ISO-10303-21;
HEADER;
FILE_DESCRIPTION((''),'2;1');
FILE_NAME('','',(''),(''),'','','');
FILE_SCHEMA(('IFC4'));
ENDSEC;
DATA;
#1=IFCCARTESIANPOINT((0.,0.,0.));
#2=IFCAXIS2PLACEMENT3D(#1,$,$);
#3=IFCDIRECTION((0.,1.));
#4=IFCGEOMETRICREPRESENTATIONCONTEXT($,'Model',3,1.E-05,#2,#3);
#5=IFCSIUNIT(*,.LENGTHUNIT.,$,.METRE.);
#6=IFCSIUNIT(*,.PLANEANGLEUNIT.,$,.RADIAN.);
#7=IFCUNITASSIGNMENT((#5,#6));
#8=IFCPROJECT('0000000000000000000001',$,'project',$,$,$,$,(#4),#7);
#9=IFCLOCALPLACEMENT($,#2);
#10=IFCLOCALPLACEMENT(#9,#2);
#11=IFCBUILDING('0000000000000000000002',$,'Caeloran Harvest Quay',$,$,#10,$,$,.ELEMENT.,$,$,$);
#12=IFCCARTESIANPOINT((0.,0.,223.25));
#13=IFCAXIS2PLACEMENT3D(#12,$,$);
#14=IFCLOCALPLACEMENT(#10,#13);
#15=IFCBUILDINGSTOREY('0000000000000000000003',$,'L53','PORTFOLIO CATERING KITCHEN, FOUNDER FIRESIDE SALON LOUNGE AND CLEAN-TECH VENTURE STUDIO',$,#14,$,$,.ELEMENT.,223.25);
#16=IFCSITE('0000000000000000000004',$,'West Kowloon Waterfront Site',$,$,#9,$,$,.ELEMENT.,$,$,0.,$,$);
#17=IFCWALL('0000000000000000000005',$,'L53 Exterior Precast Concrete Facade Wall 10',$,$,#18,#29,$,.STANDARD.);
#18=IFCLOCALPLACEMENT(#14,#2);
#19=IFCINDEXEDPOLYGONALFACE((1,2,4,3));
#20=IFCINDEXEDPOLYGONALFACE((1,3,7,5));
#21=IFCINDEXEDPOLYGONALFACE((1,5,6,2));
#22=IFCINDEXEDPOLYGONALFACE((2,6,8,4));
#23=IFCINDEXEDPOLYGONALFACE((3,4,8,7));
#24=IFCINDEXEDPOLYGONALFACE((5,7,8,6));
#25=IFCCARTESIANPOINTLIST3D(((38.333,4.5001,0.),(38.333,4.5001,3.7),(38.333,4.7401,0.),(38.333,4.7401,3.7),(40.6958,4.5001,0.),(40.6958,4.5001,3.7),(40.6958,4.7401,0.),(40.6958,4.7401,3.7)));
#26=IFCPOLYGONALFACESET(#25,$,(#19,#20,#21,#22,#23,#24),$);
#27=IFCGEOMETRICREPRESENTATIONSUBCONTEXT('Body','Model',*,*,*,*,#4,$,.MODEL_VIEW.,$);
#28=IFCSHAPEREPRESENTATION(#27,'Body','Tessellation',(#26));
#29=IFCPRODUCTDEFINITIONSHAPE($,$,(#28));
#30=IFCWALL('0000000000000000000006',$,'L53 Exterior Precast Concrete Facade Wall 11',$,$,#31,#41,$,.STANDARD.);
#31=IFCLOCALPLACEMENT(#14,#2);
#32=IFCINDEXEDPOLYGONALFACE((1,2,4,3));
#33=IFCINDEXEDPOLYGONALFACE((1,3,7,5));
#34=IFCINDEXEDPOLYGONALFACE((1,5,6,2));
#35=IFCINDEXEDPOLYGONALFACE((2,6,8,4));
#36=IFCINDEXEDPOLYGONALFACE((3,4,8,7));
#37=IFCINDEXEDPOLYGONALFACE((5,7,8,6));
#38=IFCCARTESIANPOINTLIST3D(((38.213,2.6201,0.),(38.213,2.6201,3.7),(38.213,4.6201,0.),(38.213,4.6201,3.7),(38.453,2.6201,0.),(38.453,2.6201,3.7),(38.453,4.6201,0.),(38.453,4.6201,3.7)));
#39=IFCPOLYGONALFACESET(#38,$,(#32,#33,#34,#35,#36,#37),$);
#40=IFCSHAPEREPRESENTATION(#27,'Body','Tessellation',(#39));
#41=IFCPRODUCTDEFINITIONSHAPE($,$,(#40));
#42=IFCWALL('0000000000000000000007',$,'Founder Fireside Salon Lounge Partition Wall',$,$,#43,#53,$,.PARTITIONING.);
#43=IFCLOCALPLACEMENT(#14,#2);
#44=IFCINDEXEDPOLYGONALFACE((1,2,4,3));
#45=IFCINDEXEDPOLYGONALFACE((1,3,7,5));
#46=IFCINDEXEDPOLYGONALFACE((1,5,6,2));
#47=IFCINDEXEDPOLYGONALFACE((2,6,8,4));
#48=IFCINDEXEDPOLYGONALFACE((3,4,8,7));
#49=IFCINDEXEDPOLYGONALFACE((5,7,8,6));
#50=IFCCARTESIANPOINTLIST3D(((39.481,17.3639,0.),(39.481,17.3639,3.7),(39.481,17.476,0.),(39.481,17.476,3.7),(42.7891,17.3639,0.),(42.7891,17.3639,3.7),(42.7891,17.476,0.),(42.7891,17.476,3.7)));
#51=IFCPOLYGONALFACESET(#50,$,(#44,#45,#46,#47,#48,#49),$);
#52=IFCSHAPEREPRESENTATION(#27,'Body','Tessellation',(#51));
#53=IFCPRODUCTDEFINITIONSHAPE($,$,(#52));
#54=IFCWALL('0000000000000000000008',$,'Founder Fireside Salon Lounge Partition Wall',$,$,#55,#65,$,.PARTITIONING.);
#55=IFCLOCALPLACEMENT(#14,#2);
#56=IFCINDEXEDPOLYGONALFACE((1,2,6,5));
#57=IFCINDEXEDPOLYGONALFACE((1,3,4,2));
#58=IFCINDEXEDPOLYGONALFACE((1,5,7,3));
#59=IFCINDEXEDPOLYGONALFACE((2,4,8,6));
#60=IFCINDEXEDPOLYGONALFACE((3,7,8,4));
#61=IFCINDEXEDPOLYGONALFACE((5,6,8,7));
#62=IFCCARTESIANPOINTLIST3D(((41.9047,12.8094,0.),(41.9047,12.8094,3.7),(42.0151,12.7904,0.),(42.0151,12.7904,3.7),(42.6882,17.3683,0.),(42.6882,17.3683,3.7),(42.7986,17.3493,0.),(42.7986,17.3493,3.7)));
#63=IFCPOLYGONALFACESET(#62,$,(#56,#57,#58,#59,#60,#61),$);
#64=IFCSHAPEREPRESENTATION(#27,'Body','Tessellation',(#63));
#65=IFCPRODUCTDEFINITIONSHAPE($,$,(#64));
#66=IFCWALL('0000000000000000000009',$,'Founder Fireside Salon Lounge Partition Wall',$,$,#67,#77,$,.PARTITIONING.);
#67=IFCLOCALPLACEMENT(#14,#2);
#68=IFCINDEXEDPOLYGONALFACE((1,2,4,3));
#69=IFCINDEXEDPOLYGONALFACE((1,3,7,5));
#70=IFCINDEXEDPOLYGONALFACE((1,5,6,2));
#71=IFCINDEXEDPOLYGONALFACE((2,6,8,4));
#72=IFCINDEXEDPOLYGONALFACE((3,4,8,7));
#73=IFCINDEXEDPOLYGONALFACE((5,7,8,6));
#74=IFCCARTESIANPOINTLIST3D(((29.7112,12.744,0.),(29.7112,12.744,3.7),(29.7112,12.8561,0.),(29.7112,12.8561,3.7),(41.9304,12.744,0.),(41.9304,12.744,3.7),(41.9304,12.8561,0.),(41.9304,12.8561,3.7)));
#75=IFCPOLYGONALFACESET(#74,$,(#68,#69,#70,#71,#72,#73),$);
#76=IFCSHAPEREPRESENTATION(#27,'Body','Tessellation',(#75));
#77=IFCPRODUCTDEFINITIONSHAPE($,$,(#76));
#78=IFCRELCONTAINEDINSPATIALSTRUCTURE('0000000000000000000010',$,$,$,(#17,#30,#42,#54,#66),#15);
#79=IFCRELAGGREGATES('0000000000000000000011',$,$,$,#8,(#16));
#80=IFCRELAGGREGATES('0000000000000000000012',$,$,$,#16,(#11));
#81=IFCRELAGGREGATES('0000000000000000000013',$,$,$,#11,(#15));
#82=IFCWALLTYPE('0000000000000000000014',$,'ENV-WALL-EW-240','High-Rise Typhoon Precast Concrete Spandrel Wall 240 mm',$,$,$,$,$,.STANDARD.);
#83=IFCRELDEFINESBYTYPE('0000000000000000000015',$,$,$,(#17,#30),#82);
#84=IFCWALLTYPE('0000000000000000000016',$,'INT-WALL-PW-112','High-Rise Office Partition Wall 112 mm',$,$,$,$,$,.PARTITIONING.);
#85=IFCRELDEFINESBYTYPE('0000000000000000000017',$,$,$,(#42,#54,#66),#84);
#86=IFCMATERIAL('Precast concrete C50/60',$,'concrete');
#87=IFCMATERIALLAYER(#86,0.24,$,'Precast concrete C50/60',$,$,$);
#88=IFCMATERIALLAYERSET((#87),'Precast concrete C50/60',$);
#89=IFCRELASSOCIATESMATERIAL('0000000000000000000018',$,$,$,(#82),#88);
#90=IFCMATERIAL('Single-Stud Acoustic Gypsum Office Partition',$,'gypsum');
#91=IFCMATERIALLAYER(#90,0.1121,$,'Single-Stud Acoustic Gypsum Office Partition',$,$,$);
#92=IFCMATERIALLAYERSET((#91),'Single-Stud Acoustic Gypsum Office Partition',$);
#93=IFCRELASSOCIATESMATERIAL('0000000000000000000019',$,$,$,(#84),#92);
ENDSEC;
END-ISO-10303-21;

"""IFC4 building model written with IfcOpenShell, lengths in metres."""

from ifc_helpers import new_model, si_unit, direction, frame, frame_2d, origin, place, context, subcontext, project, spatial, rectangle, extrude, material, layer, layer_set, type_object, element, save


model = new_model("IFC4")

# Units and contexts
model_context = context("Model", 3, precision=1e-05, world=origin(), true_north=direction((0.0, 1.0)))
body_context = subcontext(model_context, "Body", "Model", "MODEL_VIEW")
ifc_project = project(units=[si_unit("LENGTHUNIT", "METRE"), si_unit("PLANEANGLEUNIT", "RADIAN")], contexts=[model_context])

# Site, building, storey
site_placement = place(None, origin())
site = spatial("IfcSite", under=ifc_project, at=site_placement, Name="West Kowloon Waterfront Site", CompositionType="ELEMENT", RefElevation=0.0)
building_placement = place(site_placement, origin())
building = spatial("IfcBuilding", under=site, at=building_placement, Name="Caeloran Harvest Quay", CompositionType="ELEMENT")
storey_placement = place(building_placement, frame((0.0, 0.0, 223.25)))
storey = spatial("IfcBuildingStorey", under=building, at=storey_placement, Name="L53", Description="PORTFOLIO CATERING KITCHEN, FOUNDER FIRESIDE SALON LOUNGE AND CLEAN-TECH VENTURE STUDIO", CompositionType="ELEMENT", Elevation=223.25)

# Walls
ifc_material_1 = material(Name="Precast concrete C50/60", Category="concrete")
ifc_layer_1 = layer(ifc_material_1, 0.24, Name="Precast concrete C50/60")
ifc_layer_set_1 = layer_set([ifc_layer_1], Name="Precast concrete C50/60")
wall_type_1 = type_object("IfcWallType", Name="ENV-WALL-EW-240", Description="High-Rise Typhoon Precast Concrete Spandrel Wall 240 mm", PredefinedType="STANDARD", material=ifc_layer_set_1)
wall_1_placement = place(storey_placement, frame((40.6958, 4.6201, 0.0), z_axis=(0.0, 0.0, 1.0), x_axis=(-1.0, 0.0, 0.0)))
element("IfcWall", 1, at=wall_1_placement, inside=storey, type_object=wall_type_1, Name="L53 Exterior Precast Concrete Facade Wall 10", PredefinedType="STANDARD", context=body_context, shape_type="SweptSolid", body=[
    extrude(rectangle(XDim=2.3628, YDim=0.24, at=frame_2d((1.1814, 0.0))), origin(), (0.0, 0.0, 1.0), 3.7),
])
wall_2_placement = place(storey_placement, frame((38.333, 4.6201, 0.0), z_axis=(0.0, 0.0, 1.0), x_axis=(0.0, -1.0, 0.0)))
element("IfcWall", 2, at=wall_2_placement, inside=storey, type_object=wall_type_1, Name="L53 Exterior Precast Concrete Facade Wall 11", PredefinedType="STANDARD", context=body_context, shape_type="SweptSolid", body=[
    extrude(rectangle(XDim=2.0, YDim=0.24, at=frame_2d((1.0, 0.0))), origin(), (0.0, 0.0, 1.0), 3.7),
])
ifc_material_2 = material(Name="Single-Stud Acoustic Gypsum Office Partition", Category="gypsum")
ifc_layer_2 = layer(ifc_material_2, 0.1121, Name="Single-Stud Acoustic Gypsum Office Partition")
ifc_layer_set_2 = layer_set([ifc_layer_2], Name="Single-Stud Acoustic Gypsum Office Partition")
wall_type_2 = type_object("IfcWallType", Name="INT-WALL-PW-112", Description="High-Rise Office Partition Wall 112 mm", PredefinedType="PARTITIONING", material=ifc_layer_set_2)
wall_3_placement = place(storey_placement, frame((39.481, 17.4199, 0.0), z_axis=(0.0, 0.0, 1.0), x_axis=(1.0, 0.0, 0.0)))
element("IfcWall", 3, at=wall_3_placement, inside=storey, type_object=wall_type_2, Name="Founder Fireside Salon Lounge Partition Wall", PredefinedType="PARTITIONING", context=body_context, shape_type="SweptSolid", body=[
    extrude(rectangle(XDim=3.3081, YDim=0.1121, at=frame_2d((1.6541, 0.0))), origin(), (0.0, 0.0, 1.0), 3.7),
])
wall_4_placement = place(storey_placement, frame((42.7434, 17.3589, 0.0), z_axis=(0.0, 0.0, 1.0), x_axis=(-0.16937, -0.985553, 0.0)))
element("IfcWall", 4, at=wall_4_placement, inside=storey, type_object=wall_type_2, Name="Founder Fireside Salon Lounge Partition Wall", PredefinedType="PARTITIONING", context=body_context, shape_type="SweptSolid", body=[
    extrude(rectangle(XDim=4.6257, YDim=0.1121, at=frame_2d((2.313, 0.0))), origin(), (0.0, 0.0, 1.0), 3.7),
])
wall_5_placement = place(storey_placement, frame((41.9304, 12.8, 0.0), z_axis=(0.0, 0.0, 1.0), x_axis=(-1.0, 0.0, 0.0)))
element("IfcWall", 5, at=wall_5_placement, inside=storey, type_object=wall_type_2, Name="Founder Fireside Salon Lounge Partition Wall", PredefinedType="PARTITIONING", context=body_context, shape_type="SweptSolid", body=[
    extrude(rectangle(XDim=12.2192, YDim=0.1121, at=frame_2d((6.1096, 0.0))), origin(), (0.0, 0.0, 1.0), 3.7),
])

save(model, "model.ifc")
